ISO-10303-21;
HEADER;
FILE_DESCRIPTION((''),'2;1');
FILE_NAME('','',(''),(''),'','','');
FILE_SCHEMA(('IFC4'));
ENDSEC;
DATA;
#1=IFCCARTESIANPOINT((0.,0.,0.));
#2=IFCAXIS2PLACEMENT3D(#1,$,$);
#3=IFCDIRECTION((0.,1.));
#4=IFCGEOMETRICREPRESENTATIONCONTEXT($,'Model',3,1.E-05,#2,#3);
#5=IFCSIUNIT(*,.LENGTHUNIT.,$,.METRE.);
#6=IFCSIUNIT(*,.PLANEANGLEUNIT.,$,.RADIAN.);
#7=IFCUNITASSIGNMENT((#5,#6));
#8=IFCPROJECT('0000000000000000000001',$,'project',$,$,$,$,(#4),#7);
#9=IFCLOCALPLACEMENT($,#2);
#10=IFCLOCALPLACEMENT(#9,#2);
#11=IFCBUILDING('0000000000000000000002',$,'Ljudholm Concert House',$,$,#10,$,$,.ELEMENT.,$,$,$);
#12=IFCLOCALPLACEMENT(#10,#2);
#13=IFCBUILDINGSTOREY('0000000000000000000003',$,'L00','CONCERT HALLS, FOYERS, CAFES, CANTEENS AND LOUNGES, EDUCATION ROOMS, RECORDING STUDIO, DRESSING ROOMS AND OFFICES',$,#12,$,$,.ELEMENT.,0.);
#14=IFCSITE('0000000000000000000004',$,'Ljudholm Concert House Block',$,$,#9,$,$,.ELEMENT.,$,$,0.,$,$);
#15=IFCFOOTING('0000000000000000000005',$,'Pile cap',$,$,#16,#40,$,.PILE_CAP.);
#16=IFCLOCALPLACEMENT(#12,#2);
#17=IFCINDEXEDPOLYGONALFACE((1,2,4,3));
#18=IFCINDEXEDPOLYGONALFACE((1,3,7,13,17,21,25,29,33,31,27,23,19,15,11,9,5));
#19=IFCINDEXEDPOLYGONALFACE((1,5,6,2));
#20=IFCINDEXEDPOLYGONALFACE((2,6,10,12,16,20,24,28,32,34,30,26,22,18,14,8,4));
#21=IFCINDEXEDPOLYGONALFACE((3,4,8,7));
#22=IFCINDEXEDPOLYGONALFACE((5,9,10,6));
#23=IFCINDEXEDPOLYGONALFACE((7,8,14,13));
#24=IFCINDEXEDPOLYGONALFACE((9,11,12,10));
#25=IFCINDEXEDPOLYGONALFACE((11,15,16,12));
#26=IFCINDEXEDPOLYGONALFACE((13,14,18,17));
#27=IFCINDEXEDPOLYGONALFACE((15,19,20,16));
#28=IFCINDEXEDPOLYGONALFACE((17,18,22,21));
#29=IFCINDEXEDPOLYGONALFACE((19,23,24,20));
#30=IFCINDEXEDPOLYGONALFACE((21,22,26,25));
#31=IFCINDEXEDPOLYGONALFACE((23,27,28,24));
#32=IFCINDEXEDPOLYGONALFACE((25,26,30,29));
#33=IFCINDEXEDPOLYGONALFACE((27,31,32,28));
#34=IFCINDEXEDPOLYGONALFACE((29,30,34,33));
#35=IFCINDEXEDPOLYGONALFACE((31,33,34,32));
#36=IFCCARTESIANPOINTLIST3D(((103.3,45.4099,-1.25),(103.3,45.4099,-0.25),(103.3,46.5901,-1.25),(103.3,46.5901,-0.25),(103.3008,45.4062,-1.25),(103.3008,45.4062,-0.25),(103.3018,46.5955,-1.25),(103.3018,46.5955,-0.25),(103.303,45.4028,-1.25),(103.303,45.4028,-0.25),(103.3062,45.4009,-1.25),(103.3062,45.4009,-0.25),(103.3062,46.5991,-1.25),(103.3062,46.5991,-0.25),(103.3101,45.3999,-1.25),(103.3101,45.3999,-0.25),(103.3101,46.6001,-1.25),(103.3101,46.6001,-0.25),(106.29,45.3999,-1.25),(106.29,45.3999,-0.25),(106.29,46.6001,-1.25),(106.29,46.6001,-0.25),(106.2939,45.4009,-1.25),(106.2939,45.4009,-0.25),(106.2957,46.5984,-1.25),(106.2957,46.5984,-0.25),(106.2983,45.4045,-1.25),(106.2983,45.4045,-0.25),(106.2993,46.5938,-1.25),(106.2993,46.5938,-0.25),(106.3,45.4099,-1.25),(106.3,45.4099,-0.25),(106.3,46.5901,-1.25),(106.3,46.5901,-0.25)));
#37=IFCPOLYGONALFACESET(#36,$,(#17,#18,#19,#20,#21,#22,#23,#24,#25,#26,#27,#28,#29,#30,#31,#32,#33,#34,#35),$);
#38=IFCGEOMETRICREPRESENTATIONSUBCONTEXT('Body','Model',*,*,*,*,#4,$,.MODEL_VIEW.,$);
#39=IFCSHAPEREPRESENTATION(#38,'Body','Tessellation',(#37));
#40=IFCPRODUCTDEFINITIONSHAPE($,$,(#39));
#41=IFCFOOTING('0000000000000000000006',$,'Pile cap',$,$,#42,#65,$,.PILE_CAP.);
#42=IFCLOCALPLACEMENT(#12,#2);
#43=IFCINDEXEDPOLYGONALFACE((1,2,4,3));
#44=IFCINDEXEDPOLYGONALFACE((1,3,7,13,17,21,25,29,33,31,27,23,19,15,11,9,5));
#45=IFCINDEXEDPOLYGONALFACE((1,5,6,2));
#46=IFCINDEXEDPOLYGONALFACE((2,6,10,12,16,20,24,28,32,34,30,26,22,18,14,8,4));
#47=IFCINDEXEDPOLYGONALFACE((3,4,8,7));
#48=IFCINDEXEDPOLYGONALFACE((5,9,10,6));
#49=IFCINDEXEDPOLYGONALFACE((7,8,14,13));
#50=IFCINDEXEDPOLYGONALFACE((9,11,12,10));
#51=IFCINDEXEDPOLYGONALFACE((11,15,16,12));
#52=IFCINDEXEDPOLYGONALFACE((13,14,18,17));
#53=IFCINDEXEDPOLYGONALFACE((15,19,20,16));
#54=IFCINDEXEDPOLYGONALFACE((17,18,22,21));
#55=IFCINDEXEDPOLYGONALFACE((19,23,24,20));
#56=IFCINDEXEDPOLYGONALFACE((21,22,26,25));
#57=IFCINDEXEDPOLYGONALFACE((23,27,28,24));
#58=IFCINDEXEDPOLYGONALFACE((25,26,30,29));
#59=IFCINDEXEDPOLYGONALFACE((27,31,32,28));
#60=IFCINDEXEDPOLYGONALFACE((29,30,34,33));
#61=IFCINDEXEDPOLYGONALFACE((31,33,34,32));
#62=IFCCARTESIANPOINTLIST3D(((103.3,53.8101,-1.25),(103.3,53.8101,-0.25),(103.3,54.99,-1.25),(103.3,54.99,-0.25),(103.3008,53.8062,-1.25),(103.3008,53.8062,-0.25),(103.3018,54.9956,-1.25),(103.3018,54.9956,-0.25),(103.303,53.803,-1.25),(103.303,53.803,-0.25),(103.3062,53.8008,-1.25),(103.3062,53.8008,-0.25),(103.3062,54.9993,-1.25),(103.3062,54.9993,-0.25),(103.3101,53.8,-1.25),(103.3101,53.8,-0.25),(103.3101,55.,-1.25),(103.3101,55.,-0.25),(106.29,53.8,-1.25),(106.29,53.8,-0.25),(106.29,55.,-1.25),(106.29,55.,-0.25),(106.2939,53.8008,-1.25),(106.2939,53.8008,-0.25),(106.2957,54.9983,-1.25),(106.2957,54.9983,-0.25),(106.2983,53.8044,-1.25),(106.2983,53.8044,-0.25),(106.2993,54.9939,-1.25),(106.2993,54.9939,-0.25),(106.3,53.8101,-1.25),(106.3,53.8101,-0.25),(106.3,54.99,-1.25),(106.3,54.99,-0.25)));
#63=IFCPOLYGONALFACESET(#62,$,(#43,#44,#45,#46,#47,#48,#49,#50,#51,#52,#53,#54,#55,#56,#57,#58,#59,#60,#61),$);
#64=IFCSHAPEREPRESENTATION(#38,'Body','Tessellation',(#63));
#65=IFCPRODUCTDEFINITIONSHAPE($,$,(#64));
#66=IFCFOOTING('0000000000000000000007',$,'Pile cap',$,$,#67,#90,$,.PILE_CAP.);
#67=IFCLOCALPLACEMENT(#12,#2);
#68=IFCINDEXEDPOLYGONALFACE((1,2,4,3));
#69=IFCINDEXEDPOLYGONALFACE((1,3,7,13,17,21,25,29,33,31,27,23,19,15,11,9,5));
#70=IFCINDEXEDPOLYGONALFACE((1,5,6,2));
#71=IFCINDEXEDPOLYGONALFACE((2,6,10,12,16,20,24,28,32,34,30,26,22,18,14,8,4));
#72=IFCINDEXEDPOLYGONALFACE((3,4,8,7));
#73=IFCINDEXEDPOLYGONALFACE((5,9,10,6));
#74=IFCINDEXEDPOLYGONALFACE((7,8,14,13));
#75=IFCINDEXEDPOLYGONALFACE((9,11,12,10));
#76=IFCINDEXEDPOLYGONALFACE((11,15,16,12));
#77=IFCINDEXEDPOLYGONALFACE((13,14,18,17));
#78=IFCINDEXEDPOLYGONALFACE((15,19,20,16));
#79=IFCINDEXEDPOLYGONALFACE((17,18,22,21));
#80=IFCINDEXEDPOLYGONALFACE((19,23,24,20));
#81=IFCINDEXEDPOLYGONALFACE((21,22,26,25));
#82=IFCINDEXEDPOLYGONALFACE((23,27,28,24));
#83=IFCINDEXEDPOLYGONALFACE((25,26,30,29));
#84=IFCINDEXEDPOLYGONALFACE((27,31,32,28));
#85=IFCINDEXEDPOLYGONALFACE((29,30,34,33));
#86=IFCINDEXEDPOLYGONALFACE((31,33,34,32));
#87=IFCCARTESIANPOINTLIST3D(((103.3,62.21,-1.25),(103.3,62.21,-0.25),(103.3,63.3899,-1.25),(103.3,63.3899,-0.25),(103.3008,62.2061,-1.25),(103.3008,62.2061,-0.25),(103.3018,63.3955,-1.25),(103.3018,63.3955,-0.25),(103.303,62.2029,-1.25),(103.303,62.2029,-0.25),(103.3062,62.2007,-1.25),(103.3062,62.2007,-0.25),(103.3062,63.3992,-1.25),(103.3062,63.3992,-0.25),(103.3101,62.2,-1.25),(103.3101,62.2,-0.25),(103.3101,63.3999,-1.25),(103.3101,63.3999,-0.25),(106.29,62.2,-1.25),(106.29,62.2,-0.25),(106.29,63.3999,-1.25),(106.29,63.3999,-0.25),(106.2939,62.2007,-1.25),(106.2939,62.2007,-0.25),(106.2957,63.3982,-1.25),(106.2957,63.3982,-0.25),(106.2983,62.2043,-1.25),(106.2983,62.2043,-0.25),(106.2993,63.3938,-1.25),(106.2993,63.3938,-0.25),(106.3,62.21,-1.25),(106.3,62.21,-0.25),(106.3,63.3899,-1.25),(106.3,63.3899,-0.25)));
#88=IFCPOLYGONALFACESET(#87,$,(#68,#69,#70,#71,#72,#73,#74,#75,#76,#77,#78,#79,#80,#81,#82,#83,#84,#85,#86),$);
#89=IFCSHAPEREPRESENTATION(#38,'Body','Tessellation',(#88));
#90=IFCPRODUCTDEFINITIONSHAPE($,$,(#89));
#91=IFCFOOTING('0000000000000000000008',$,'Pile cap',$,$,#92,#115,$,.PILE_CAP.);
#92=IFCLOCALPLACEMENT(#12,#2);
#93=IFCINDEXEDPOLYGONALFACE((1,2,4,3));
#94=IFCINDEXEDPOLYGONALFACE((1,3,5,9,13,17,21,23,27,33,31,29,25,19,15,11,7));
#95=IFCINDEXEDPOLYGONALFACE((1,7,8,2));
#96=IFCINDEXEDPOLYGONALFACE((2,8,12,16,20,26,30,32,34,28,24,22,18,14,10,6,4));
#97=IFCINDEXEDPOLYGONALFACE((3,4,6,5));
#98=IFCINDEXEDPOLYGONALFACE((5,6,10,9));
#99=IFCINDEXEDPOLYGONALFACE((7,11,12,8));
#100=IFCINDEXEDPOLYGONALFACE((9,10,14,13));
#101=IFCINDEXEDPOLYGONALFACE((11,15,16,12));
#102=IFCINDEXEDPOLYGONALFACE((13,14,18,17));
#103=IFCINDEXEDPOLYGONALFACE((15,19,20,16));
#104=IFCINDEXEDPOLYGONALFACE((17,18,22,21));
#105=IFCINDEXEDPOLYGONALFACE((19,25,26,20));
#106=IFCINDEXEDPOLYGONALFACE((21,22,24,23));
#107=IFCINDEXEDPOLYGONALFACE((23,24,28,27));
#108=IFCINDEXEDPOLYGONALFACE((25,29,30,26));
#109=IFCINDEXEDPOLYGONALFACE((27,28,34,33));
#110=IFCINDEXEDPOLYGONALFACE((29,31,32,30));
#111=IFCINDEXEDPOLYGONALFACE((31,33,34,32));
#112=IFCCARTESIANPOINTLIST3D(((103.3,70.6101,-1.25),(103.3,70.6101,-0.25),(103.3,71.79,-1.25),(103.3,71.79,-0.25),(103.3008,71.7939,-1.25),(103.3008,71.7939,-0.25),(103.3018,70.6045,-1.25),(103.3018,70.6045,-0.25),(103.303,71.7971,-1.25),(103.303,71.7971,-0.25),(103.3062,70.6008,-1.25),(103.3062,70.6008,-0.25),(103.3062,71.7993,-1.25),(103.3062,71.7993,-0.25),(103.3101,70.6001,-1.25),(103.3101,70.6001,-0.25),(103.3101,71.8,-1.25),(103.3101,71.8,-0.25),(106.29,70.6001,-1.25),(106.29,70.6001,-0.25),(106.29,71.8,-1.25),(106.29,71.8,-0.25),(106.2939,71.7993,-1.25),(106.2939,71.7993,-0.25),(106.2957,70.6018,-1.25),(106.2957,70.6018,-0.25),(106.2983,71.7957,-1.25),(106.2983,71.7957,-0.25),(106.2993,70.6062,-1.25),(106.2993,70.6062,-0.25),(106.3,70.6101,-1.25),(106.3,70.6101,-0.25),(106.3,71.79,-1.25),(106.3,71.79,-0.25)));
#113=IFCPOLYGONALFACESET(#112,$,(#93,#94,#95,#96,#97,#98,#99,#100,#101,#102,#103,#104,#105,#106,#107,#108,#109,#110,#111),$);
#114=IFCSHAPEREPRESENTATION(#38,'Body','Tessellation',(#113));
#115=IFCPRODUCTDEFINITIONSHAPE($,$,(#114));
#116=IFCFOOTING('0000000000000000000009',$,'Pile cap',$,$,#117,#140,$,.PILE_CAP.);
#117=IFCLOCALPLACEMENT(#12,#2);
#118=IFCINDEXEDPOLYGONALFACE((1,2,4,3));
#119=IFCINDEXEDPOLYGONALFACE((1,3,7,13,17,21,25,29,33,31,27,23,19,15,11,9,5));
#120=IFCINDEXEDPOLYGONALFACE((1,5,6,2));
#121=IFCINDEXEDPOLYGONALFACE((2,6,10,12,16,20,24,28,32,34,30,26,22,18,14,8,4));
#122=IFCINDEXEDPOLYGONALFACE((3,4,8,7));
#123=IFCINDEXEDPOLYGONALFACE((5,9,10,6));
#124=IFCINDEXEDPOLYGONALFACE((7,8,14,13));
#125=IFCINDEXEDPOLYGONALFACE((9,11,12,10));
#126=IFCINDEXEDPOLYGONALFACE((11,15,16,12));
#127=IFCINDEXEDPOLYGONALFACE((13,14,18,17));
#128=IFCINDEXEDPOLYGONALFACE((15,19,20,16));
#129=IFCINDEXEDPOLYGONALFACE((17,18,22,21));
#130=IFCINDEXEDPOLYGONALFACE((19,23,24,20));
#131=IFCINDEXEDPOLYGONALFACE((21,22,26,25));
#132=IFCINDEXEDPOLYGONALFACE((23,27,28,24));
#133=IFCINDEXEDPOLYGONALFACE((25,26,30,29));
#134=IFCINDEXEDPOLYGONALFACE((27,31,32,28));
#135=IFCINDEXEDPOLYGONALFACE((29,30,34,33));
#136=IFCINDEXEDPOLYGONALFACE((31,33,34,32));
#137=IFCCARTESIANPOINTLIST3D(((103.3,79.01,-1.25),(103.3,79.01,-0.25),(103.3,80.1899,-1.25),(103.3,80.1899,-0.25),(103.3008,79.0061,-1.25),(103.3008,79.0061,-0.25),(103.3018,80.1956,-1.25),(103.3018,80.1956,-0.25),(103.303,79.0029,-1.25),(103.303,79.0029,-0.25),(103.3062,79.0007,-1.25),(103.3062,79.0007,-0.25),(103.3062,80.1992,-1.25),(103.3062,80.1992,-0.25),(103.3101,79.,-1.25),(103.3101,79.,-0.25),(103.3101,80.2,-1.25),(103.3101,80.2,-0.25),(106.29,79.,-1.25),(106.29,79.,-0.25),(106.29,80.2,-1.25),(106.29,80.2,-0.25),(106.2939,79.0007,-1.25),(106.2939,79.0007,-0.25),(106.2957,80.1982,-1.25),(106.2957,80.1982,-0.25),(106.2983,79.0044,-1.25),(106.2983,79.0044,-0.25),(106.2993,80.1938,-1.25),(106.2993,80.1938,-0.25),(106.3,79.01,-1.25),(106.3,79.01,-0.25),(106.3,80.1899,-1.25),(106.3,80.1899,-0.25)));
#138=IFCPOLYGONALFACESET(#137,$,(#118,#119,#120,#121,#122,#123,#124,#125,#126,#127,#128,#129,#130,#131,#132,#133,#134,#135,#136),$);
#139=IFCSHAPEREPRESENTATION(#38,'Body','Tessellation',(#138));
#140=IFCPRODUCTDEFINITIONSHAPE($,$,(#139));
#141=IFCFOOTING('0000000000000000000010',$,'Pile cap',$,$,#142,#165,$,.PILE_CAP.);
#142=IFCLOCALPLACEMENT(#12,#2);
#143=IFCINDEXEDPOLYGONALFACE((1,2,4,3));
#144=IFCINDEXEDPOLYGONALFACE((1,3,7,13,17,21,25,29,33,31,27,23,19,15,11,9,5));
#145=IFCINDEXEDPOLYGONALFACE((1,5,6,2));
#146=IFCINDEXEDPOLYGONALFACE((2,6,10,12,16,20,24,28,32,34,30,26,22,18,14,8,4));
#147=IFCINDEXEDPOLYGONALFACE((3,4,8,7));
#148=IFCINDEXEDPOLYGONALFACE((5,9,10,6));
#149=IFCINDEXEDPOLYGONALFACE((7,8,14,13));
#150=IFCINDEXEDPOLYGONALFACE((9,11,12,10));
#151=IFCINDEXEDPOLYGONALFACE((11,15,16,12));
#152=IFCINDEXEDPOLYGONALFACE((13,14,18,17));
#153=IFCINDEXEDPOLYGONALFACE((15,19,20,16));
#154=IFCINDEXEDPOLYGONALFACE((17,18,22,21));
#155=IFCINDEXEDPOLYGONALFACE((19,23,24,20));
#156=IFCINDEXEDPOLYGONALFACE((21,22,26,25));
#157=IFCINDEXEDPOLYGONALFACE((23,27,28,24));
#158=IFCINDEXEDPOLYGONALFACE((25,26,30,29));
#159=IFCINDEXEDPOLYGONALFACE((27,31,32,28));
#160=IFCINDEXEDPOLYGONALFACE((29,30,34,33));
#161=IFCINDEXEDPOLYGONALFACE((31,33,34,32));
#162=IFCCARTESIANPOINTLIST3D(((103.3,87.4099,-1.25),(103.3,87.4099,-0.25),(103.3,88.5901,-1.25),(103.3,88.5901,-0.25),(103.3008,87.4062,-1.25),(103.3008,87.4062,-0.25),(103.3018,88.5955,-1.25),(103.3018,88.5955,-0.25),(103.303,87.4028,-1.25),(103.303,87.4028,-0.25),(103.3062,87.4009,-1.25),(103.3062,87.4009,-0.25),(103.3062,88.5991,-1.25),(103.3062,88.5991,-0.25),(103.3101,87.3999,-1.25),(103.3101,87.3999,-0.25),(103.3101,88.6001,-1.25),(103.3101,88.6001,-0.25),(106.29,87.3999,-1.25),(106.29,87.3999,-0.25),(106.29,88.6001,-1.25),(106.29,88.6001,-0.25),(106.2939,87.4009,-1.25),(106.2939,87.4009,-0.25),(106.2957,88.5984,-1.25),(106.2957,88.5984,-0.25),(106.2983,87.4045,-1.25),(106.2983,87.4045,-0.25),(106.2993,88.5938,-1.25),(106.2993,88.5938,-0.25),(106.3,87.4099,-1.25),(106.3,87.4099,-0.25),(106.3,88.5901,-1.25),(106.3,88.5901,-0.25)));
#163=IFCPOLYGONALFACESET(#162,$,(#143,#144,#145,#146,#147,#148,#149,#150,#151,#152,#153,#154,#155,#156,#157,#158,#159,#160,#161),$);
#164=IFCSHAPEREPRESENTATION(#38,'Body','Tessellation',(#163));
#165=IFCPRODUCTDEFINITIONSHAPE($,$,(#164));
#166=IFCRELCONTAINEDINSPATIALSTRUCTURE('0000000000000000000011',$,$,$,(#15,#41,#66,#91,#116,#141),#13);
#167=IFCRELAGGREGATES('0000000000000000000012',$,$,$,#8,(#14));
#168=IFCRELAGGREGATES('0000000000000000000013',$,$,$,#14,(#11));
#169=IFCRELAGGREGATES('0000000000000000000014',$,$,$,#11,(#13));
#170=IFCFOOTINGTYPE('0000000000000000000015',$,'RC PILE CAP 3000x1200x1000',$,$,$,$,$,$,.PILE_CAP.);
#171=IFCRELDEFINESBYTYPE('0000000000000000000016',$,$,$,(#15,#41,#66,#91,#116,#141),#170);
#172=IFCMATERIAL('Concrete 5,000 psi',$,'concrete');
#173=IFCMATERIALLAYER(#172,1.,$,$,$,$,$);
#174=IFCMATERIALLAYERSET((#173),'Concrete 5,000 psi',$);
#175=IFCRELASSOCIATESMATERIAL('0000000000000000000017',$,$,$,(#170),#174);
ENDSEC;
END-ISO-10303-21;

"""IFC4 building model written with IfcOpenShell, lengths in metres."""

from ifc_helpers import new_model, si_unit, direction, frame, origin, place, context, subcontext, project, spatial, polyline, outline, extrude, material, layer, layer_set, type_object, element, save


model = new_model("IFC4")

# Units and contexts
model_context = context("Model", 3, precision=1e-05, world=origin(), true_north=direction((0.0, 1.0)))
body_context = subcontext(model_context, "Body", "Model", "MODEL_VIEW")
ifc_project = project(units=[si_unit("LENGTHUNIT", "METRE"), si_unit("PLANEANGLEUNIT", "RADIAN")], contexts=[model_context])

# Site, building, storey
site_placement = place(None, origin())
site = spatial("IfcSite", under=ifc_project, at=site_placement, Name="Ljudholm Concert House Block", CompositionType="ELEMENT", RefElevation=0.0)
building_placement = place(site_placement, origin())
building = spatial("IfcBuilding", under=site, at=building_placement, Name="Ljudholm Concert House", CompositionType="ELEMENT")
storey_placement = place(building_placement, origin())
storey = spatial("IfcBuildingStorey", under=building, at=storey_placement, Name="L00", Description="CONCERT HALLS, FOYERS, CAFES, CANTEENS AND LOUNGES, EDUCATION ROOMS, RECORDING STUDIO, DRESSING ROOMS AND OFFICES", CompositionType="ELEMENT", Elevation=0.0)

# Footings
ifc_material_1 = material(Name="Concrete 5,000 psi", Category="concrete")
ifc_layer_1 = layer(ifc_material_1, 1.0)
ifc_layer_set_1 = layer_set([ifc_layer_1], Name="Concrete 5,000 psi")
footing_type_1 = type_object("IfcFootingType", Name="RC PILE CAP 3000x1200x1000", PredefinedType="PILE_CAP", material=ifc_layer_set_1)
footing_1_placement = place(storey_placement, frame((0.0, 0.0, -1.25)))
element("IfcFooting", 1, at=footing_1_placement, inside=storey, type_object=footing_type_1, Name="Pile cap", PredefinedType="PILE_CAP", context=body_context, shape_type="SweptSolid", body=[
    extrude(outline(polyline([(103.3101, 45.3999), (106.29, 45.3999), (106.2939, 45.4009), (106.2983, 45.4045), (106.3, 45.4099), (106.3, 46.5901), (106.2993, 46.5938), (106.2957, 46.5984), (106.29, 46.6001), (103.3101, 46.6001), (103.3062, 46.5991), (103.3018, 46.5955), (103.3, 46.5901), (103.3, 45.4099), (103.3008, 45.4062), (103.303, 45.4028), (103.3062, 45.4009), (103.3101, 45.3999)])), origin(), (0.0, 0.0, 1.0), 1.0),
])
footing_2_placement = place(storey_placement, frame((0.0, 0.0, -1.25)))
element("IfcFooting", 2, at=footing_2_placement, inside=storey, type_object=footing_type_1, Name="Pile cap", PredefinedType="PILE_CAP", context=body_context, shape_type="SweptSolid", body=[
    extrude(outline(polyline([(103.3101, 53.8), (106.29, 53.8), (106.2939, 53.8008), (106.2983, 53.8044), (106.3, 53.8101), (106.3, 54.99), (106.2993, 54.9939), (106.2957, 54.9983), (106.29, 55.0), (103.3101, 55.0), (103.3062, 54.9993), (103.3018, 54.9956), (103.3, 54.99), (103.3, 53.8101), (103.3008, 53.8062), (103.303, 53.803), (103.3062, 53.8008), (103.3101, 53.8)])), origin(), (0.0, 0.0, 1.0), 1.0),
])
footing_3_placement = place(storey_placement, frame((0.0, 0.0, -1.25)))
element("IfcFooting", 3, at=footing_3_placement, inside=storey, type_object=footing_type_1, Name="Pile cap", PredefinedType="PILE_CAP", context=body_context, shape_type="SweptSolid", body=[
    extrude(outline(polyline([(103.3101, 62.2), (106.29, 62.2), (106.2939, 62.2007), (106.2983, 62.2043), (106.3, 62.21), (106.3, 63.3899), (106.2993, 63.3938), (106.2957, 63.3982), (106.29, 63.3999), (103.3101, 63.3999), (103.3062, 63.3992), (103.3018, 63.3955), (103.3, 63.3899), (103.3, 62.21), (103.3008, 62.2061), (103.303, 62.2029), (103.3062, 62.2007), (103.3101, 62.2)])), origin(), (0.0, 0.0, 1.0), 1.0),
])
footing_4_placement = place(storey_placement, frame((0.0, 0.0, -1.25)))
element("IfcFooting", 4, at=footing_4_placement, inside=storey, type_object=footing_type_1, Name="Pile cap", PredefinedType="PILE_CAP", context=body_context, shape_type="SweptSolid", body=[
    extrude(outline(polyline([(103.3, 71.79), (103.3, 70.6101), (103.3018, 70.6045), (103.3062, 70.6008), (103.3101, 70.6001), (106.29, 70.6001), (106.2957, 70.6018), (106.2993, 70.6062), (106.3, 70.6101), (106.3, 71.79), (106.2983, 71.7957), (106.2939, 71.7993), (106.29, 71.8), (103.3101, 71.8), (103.3062, 71.7993), (103.303, 71.7971), (103.3008, 71.7939), (103.3, 71.79)])), origin(), (0.0, 0.0, 1.0), 1.0),
])
footing_5_placement = place(storey_placement, frame((0.0, 0.0, -1.25)))
element("IfcFooting", 5, at=footing_5_placement, inside=storey, type_object=footing_type_1, Name="Pile cap", PredefinedType="PILE_CAP", context=body_context, shape_type="SweptSolid", body=[
    extrude(outline(polyline([(103.3101, 79.0), (106.29, 79.0), (106.2939, 79.0007), (106.2983, 79.0044), (106.3, 79.01), (106.3, 80.1899), (106.2993, 80.1938), (106.2957, 80.1982), (106.29, 80.2), (103.3101, 80.2), (103.3062, 80.1992), (103.3018, 80.1956), (103.3, 80.1899), (103.3, 79.01), (103.3008, 79.0061), (103.303, 79.0029), (103.3062, 79.0007), (103.3101, 79.0)])), origin(), (0.0, 0.0, 1.0), 1.0),
])
footing_6_placement = place(storey_placement, frame((0.0, 0.0, -1.25)))
element("IfcFooting", 6, at=footing_6_placement, inside=storey, type_object=footing_type_1, Name="Pile cap", PredefinedType="PILE_CAP", context=body_context, shape_type="SweptSolid", body=[
    extrude(outline(polyline([(103.3101, 87.3999), (106.29, 87.3999), (106.2939, 87.4009), (106.2983, 87.4045), (106.3, 87.4099), (106.3, 88.5901), (106.2993, 88.5938), (106.2957, 88.5984), (106.29, 88.6001), (103.3101, 88.6001), (103.3062, 88.5991), (103.3018, 88.5955), (103.3, 88.5901), (103.3, 87.4099), (103.3008, 87.4062), (103.303, 87.4028), (103.3062, 87.4009), (103.3101, 87.3999)])), origin(), (0.0, 0.0, 1.0), 1.0),
])

save(model, "model.ifc")
